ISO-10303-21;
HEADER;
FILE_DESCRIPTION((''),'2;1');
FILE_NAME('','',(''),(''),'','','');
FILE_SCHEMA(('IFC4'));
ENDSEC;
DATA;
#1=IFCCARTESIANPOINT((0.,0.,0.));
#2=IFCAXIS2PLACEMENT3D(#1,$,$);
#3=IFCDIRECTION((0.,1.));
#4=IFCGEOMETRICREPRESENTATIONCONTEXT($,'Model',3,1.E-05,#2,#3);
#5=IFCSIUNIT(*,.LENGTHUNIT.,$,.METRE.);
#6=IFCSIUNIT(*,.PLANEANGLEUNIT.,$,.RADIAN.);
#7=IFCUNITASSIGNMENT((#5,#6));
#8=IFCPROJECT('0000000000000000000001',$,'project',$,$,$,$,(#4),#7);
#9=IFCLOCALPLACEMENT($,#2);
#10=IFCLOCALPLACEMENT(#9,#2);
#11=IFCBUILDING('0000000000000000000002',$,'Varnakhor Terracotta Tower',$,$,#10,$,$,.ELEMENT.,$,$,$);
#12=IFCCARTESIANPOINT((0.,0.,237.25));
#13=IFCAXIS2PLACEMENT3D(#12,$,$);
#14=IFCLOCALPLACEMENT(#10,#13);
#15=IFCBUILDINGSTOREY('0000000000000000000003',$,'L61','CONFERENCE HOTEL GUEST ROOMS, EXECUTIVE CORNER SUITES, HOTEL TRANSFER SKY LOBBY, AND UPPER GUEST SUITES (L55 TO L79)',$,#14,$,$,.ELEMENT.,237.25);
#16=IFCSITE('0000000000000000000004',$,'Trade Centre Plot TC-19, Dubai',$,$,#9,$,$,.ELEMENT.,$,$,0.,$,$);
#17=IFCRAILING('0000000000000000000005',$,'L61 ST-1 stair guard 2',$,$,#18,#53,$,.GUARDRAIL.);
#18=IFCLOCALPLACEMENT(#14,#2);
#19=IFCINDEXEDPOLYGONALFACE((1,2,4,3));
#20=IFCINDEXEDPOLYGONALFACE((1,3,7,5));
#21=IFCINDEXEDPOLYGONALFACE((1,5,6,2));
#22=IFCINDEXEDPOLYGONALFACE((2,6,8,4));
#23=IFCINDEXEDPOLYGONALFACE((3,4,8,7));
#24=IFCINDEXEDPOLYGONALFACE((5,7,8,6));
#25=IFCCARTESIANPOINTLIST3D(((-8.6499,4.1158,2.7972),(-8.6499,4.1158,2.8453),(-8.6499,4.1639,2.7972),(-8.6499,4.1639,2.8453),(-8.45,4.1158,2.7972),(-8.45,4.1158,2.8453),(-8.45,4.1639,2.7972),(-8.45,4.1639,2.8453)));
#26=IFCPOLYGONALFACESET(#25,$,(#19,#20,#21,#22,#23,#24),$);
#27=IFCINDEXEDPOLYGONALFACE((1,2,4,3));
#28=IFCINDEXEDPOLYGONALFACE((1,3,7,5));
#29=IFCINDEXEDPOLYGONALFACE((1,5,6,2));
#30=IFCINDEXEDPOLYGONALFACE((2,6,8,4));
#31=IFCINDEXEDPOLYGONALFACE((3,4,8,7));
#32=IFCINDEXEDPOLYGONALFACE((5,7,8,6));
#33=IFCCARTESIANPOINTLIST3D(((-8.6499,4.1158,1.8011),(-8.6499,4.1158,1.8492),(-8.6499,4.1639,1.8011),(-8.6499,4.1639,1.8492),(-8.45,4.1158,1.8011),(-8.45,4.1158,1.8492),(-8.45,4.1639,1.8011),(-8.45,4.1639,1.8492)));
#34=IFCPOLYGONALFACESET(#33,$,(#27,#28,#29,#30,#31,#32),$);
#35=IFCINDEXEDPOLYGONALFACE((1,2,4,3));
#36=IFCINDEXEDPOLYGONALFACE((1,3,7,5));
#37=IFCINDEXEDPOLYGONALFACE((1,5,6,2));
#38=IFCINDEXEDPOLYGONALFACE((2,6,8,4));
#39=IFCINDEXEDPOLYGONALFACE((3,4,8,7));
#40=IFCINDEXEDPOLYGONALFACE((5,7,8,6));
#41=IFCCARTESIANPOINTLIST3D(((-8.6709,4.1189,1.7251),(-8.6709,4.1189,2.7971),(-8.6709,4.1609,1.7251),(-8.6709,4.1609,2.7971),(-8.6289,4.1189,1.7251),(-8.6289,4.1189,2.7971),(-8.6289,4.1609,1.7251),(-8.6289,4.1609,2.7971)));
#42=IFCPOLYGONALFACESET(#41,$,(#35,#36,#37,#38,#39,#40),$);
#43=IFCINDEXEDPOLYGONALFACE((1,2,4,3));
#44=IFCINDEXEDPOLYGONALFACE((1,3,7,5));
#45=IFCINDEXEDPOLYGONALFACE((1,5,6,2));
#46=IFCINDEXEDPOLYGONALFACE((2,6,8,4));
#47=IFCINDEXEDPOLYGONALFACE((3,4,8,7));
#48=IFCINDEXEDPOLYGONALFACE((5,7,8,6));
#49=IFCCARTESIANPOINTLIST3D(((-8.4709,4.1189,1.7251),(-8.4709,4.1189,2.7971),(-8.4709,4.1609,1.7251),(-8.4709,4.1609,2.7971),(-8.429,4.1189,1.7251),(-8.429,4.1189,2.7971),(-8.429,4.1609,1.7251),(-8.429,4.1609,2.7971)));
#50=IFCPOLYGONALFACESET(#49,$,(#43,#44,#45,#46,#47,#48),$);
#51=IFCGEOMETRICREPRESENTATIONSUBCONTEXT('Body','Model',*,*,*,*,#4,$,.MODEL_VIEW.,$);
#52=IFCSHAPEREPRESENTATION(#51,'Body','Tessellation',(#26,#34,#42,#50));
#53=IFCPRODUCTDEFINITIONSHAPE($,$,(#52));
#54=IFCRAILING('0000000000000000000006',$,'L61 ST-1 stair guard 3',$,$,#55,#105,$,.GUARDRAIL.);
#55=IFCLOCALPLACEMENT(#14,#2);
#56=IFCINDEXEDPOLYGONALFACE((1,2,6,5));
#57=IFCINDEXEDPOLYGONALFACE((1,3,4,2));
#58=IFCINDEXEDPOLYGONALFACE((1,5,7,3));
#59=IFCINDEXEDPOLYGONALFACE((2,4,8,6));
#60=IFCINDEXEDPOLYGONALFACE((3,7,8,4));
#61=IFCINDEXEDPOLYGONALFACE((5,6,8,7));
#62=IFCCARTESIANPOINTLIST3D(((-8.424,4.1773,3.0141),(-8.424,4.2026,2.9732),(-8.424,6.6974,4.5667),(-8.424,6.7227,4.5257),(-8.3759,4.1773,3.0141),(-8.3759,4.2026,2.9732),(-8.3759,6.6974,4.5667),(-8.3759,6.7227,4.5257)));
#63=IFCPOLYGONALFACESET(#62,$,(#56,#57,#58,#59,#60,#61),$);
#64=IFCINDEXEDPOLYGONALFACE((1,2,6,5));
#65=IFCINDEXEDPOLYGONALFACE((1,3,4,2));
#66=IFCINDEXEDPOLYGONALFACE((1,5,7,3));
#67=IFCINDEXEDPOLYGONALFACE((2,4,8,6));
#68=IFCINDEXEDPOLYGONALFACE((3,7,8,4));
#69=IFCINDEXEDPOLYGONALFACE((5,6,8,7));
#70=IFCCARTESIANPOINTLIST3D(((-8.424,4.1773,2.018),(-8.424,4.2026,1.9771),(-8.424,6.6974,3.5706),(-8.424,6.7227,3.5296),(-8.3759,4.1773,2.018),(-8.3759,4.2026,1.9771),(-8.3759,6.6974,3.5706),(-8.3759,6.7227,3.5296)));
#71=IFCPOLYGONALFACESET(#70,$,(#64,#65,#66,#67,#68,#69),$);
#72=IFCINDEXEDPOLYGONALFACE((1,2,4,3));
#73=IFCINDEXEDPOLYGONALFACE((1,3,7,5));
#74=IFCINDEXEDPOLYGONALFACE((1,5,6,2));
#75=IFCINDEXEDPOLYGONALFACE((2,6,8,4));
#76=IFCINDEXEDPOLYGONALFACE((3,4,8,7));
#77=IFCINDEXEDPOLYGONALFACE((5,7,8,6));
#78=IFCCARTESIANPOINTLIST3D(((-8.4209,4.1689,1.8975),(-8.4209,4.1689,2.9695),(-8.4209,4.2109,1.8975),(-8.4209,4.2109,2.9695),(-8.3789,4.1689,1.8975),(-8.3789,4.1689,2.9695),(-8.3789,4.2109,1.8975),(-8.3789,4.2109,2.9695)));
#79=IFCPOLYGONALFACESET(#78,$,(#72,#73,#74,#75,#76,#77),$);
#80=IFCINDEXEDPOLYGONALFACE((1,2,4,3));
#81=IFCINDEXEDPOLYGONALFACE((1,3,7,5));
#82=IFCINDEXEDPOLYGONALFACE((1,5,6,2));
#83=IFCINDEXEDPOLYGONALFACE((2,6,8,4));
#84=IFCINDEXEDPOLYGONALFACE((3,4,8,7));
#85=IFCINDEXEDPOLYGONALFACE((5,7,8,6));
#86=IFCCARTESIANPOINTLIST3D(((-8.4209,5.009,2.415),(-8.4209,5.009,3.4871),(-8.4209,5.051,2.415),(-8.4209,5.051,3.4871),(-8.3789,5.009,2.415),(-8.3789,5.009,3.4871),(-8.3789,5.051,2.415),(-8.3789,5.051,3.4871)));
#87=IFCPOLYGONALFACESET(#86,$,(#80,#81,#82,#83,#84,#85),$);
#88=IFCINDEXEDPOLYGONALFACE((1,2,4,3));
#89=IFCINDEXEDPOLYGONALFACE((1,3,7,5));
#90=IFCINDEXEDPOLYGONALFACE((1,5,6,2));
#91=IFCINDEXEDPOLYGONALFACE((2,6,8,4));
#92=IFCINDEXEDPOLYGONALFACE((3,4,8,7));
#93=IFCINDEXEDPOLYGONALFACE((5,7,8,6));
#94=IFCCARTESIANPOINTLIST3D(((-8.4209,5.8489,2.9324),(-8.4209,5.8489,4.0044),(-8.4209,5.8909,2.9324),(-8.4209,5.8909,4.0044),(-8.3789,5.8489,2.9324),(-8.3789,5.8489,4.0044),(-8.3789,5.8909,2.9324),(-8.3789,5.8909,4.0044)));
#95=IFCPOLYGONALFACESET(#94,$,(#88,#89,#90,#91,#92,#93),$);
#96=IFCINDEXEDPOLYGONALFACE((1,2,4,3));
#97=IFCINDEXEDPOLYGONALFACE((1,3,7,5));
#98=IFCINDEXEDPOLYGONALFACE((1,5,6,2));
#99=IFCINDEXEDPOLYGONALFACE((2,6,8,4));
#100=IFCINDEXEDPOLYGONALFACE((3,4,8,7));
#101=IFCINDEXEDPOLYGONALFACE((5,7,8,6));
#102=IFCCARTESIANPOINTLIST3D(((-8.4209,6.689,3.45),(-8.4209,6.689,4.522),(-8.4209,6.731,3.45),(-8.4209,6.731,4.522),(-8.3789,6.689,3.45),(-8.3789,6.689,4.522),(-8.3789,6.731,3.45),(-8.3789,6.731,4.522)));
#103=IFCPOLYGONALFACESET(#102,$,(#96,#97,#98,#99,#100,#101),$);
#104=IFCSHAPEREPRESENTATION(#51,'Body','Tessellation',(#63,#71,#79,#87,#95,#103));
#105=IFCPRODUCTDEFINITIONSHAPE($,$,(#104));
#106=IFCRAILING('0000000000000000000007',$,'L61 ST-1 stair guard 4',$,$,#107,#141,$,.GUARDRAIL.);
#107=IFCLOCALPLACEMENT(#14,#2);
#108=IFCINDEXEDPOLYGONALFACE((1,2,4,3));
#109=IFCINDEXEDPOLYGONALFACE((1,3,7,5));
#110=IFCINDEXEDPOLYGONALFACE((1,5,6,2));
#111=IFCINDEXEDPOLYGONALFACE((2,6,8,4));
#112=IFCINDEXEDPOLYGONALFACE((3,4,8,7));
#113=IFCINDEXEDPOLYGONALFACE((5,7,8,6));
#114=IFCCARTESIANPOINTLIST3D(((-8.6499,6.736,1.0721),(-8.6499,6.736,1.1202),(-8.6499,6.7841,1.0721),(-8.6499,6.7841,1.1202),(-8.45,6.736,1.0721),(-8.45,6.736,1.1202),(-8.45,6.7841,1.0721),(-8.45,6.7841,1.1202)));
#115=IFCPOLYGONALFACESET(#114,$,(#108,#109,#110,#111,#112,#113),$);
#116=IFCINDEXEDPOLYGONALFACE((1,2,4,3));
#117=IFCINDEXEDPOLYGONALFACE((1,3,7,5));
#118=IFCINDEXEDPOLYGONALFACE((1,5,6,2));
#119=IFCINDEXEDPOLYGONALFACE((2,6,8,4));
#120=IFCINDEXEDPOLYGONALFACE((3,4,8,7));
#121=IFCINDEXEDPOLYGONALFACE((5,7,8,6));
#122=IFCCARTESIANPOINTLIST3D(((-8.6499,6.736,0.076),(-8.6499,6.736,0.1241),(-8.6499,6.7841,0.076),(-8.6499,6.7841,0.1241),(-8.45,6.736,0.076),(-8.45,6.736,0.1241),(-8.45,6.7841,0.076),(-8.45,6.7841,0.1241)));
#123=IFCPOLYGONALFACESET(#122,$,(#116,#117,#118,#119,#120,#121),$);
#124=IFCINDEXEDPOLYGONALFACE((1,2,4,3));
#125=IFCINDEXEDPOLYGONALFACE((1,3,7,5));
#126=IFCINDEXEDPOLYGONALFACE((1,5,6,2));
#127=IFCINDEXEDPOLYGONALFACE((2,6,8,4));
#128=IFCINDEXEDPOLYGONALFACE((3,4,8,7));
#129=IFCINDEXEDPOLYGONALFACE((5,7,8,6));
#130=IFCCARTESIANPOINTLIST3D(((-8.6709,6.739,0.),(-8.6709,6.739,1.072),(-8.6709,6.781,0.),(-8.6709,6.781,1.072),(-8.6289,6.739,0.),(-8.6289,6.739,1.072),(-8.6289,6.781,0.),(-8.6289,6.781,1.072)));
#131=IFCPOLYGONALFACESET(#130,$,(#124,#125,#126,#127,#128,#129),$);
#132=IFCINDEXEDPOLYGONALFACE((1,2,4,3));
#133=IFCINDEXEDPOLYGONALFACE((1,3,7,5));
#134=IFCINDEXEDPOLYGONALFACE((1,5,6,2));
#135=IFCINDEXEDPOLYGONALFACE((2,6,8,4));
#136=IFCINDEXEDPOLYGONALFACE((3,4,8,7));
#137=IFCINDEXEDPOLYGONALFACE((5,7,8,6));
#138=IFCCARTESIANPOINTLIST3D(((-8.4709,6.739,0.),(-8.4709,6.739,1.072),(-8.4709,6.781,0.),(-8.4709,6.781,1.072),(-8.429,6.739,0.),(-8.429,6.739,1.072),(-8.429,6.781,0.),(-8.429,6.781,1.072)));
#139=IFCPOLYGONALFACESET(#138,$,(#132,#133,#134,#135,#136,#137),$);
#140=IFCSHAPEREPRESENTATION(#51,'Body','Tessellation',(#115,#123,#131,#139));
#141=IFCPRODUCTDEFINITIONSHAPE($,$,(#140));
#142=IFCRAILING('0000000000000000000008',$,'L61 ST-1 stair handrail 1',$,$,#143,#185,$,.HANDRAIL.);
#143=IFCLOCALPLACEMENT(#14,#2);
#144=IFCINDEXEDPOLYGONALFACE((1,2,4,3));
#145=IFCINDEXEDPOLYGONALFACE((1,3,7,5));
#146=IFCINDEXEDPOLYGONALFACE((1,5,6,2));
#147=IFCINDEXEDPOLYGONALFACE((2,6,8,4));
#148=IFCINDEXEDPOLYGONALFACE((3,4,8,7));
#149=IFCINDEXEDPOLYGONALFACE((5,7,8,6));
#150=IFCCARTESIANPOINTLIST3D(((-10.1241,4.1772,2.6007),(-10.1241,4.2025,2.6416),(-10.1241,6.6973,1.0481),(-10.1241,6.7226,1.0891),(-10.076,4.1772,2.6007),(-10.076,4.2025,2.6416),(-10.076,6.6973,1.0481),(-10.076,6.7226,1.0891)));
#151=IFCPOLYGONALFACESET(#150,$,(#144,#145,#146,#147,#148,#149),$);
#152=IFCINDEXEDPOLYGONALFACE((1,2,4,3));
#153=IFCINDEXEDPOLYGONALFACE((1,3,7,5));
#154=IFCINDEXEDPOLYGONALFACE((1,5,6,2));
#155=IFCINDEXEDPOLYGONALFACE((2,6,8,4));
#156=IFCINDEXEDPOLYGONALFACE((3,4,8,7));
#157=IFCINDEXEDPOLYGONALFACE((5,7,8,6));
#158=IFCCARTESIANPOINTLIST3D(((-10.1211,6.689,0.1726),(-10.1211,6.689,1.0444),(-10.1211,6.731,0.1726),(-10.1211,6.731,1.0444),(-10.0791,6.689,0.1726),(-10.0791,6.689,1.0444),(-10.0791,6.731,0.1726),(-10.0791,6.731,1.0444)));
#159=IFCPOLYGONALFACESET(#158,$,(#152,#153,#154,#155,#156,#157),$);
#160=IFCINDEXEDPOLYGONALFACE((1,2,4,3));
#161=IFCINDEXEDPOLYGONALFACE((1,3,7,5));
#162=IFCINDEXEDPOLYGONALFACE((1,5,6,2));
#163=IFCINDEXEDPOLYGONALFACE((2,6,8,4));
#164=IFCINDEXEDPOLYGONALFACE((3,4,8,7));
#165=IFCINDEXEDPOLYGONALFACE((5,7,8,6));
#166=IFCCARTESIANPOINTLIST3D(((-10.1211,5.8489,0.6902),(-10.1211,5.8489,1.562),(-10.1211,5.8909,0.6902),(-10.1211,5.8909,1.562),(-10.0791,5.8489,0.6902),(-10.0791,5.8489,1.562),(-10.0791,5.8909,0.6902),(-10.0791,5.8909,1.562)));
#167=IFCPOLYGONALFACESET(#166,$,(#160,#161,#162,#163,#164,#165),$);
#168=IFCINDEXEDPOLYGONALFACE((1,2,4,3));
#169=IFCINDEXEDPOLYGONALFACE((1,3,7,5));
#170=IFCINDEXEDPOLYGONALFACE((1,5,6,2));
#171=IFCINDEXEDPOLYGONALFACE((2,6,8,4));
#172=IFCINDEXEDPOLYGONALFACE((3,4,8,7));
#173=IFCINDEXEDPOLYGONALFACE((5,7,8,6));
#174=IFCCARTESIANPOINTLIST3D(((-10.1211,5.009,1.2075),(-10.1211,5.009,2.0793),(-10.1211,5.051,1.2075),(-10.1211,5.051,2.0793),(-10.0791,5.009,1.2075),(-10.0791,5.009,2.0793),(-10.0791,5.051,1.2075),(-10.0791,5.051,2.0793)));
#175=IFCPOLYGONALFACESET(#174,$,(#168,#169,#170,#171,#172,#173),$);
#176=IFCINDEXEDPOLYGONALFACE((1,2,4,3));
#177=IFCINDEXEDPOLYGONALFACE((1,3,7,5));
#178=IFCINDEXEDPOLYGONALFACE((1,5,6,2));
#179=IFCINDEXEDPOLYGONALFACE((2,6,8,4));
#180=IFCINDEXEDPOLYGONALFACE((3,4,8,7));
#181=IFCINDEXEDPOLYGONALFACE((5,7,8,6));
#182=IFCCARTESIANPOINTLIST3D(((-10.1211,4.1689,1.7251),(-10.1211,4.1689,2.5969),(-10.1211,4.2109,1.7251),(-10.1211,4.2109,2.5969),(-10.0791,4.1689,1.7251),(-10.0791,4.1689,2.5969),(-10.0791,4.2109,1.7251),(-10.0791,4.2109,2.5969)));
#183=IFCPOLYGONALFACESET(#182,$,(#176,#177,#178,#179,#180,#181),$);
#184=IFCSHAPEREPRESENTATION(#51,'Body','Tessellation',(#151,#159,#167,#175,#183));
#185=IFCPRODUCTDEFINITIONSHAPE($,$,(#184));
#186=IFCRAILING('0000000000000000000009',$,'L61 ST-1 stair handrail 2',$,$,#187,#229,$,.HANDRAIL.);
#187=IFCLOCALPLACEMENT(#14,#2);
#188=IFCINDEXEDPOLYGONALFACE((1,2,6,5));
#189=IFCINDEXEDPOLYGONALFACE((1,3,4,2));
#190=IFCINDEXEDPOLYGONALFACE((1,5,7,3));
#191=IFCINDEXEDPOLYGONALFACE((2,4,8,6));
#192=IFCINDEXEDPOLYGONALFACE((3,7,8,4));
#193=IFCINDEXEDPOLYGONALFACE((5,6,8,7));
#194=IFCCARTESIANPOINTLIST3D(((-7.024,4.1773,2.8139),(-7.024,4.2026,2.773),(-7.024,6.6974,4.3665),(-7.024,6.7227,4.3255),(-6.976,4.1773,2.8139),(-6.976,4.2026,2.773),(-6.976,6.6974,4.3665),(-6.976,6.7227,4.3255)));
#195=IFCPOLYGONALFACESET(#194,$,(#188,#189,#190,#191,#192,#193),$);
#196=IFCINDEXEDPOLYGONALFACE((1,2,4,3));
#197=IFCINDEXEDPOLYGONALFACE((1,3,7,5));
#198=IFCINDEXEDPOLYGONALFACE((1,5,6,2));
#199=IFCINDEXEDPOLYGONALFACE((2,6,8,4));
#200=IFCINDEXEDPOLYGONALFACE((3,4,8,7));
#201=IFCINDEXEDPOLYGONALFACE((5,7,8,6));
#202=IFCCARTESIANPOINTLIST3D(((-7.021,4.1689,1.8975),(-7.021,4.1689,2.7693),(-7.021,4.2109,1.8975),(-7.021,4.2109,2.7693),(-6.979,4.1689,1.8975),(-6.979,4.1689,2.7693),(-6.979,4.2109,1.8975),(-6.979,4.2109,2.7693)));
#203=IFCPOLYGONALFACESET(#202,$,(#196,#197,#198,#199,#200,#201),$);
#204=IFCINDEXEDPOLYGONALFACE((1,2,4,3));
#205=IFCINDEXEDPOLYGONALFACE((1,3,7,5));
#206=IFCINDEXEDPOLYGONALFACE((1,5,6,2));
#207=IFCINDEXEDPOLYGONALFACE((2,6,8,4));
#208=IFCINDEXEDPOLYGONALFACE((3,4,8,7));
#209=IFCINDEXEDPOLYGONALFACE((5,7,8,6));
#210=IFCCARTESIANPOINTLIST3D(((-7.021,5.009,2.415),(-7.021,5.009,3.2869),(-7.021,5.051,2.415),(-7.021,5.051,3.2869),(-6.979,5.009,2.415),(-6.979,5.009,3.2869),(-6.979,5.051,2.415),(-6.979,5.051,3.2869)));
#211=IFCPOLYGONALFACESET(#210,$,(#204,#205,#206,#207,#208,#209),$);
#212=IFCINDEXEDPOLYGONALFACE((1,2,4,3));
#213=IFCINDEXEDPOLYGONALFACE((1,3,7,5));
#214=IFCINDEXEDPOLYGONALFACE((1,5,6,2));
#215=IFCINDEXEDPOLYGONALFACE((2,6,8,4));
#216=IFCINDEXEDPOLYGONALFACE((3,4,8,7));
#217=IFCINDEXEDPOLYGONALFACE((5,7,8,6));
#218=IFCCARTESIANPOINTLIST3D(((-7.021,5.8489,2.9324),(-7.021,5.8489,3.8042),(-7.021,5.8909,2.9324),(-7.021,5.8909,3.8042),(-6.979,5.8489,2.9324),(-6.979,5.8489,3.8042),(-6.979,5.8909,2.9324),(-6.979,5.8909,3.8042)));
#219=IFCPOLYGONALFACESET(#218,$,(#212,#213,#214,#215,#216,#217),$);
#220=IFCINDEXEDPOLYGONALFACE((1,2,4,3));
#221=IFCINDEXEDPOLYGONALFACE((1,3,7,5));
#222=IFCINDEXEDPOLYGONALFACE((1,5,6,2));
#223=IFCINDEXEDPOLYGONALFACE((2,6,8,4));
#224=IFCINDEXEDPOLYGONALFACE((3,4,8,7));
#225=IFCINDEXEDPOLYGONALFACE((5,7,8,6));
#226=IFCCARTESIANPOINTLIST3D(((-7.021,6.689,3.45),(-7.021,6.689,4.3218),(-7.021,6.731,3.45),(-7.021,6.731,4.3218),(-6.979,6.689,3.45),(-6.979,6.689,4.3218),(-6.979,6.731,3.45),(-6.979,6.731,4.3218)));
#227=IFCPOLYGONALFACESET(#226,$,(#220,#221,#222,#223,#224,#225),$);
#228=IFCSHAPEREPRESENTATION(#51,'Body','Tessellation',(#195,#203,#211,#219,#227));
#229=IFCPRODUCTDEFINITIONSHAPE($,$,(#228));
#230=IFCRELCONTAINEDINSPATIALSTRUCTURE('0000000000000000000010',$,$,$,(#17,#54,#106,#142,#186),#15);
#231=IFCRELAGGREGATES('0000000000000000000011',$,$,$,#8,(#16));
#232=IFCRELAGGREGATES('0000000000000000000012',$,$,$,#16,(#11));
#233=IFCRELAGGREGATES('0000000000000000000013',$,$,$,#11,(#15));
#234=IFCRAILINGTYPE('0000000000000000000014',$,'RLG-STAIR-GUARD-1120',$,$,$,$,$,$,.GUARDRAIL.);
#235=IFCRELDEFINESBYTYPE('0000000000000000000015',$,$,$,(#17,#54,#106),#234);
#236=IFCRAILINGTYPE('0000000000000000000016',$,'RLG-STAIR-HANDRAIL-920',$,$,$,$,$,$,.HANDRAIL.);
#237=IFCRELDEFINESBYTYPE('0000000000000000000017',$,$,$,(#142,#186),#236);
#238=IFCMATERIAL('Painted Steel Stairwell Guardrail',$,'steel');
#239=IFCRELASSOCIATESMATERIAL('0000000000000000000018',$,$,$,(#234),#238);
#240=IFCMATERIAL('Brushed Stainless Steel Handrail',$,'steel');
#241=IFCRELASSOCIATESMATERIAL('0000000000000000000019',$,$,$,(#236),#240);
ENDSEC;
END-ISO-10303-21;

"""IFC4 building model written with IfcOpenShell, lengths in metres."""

from ifc_helpers import new_model, si_unit, direction, frame, origin, origin_2d, place, context, subcontext, project, spatial, rectangle, extrude, material, type_object, element, save


model = new_model("IFC4")

# Units and contexts
model_context = context("Model", 3, precision=1e-05, world=origin(), true_north=direction((0.0, 1.0)))
body_context = subcontext(model_context, "Body", "Model", "MODEL_VIEW")
ifc_project = project(units=[si_unit("LENGTHUNIT", "METRE"), si_unit("PLANEANGLEUNIT", "RADIAN")], contexts=[model_context])

# Site, building, storey
site_placement = place(None, origin())
site = spatial("IfcSite", under=ifc_project, at=site_placement, Name="Trade Centre Plot TC-19, Dubai", CompositionType="ELEMENT", RefElevation=0.0)
building_placement = place(site_placement, origin())
building = spatial("IfcBuilding", under=site, at=building_placement, Name="Varnakhor Terracotta Tower", CompositionType="ELEMENT")
storey_placement = place(building_placement, frame((0.0, 0.0, 237.25)))
storey = spatial("IfcBuildingStorey", under=building, at=storey_placement, Name="L61", Description="CONFERENCE HOTEL GUEST ROOMS, EXECUTIVE CORNER SUITES, HOTEL TRANSFER SKY LOBBY, AND UPPER GUEST SUITES (L55 TO L79)", CompositionType="ELEMENT", Elevation=237.25)

# Railings
ifc_material_1 = material(Name="Painted Steel Stairwell Guardrail", Category="steel")
railing_type_1 = type_object("IfcRailingType", Name="RLG-STAIR-GUARD-1120", PredefinedType="GUARDRAIL", material=ifc_material_1)
railing_1_placement = place(storey_placement, frame((-8.6499, 4.1399, 1.7251)))
element("IfcRailing", 1, at=railing_1_placement, inside=storey, type_object=railing_type_1, Name="L61 ST-1 stair guard 2", PredefinedType="GUARDRAIL", context=body_context, shape_type="SweptSolid", body=[
    extrude(rectangle(XDim=0.0481, YDim=0.0481, at=origin_2d()), frame((0.0, 0.0, 1.0962), z_axis=(1.0, 0.0, 0.0), x_axis=(0.0, 1.0, 0.0)), (0.0, 0.0, 1.0), 0.2),
    extrude(rectangle(XDim=0.0481, YDim=0.0481, at=origin_2d()), frame((0.0, 0.0, 0.1001), z_axis=(1.0, 0.0, 0.0), x_axis=(0.0, 1.0, 0.0)), (0.0, 0.0, 1.0), 0.2),
    extrude(rectangle(XDim=0.042, YDim=0.042, at=origin_2d()), origin(), (0.0, 0.0, 1.0), 1.072),
    extrude(rectangle(XDim=0.042, YDim=0.042, at=origin_2d()), frame((0.2, 0.0, 0.0)), (0.0, 0.0, 1.0), 1.072),
])
railing_2_placement = place(storey_placement, frame((-8.3999, 4.1899, 1.8975)))
element("IfcRailing", 2, at=railing_2_placement, inside=storey, type_object=railing_type_1, Name="L61 ST-1 stair guard 3", PredefinedType="GUARDRAIL", context=body_context, shape_type="SweptSolid", body=[
    extrude(rectangle(XDim=0.0481, YDim=0.0481, at=origin_2d()), frame((0.0, 0.0, 1.0962), z_axis=(0.0, 0.8514, 0.524516), x_axis=(-1.0, 0.0, 0.0)), (0.0, 0.0, 1.0), 2.96),
    extrude(rectangle(XDim=0.0481, YDim=0.0481, at=origin_2d()), frame((0.0, 0.0, 0.1001), z_axis=(0.0, 0.8514, 0.524516), x_axis=(-1.0, 0.0, 0.0)), (0.0, 0.0, 1.0), 2.96),
    extrude(rectangle(XDim=0.042, YDim=0.042, at=origin_2d()), origin(), (0.0, 0.0, 1.0), 1.072),
    extrude(rectangle(XDim=0.042, YDim=0.042, at=origin_2d()), frame((0.0, 0.8401, 0.5176)), (0.0, 0.0, 1.0), 1.072),
    extrude(rectangle(XDim=0.042, YDim=0.042, at=origin_2d()), frame((0.0, 1.6799, 1.0349)), (0.0, 0.0, 1.0), 1.072),
    extrude(rectangle(XDim=0.042, YDim=0.042, at=origin_2d()), frame((0.0, 2.52, 1.5525)), (0.0, 0.0, 1.0), 1.072),
])
railing_3_placement = place(storey_placement, frame((-8.6499, 6.76, 0.0)))
element("IfcRailing", 3, at=railing_3_placement, inside=storey, type_object=railing_type_1, Name="L61 ST-1 stair guard 4", PredefinedType="GUARDRAIL", context=body_context, shape_type="SweptSolid", body=[
    extrude(rectangle(XDim=0.0481, YDim=0.0481, at=origin_2d()), frame((0.0, 0.0, 1.0962), z_axis=(1.0, 0.0, 0.0), x_axis=(0.0, 1.0, 0.0)), (0.0, 0.0, 1.0), 0.2),
    extrude(rectangle(XDim=0.0481, YDim=0.0481, at=origin_2d()), frame((0.0, 0.0, 0.1001), z_axis=(1.0, 0.0, 0.0), x_axis=(0.0, 1.0, 0.0)), (0.0, 0.0, 1.0), 0.2),
    extrude(rectangle(XDim=0.042, YDim=0.042, at=origin_2d()), origin(), (0.0, 0.0, 1.0), 1.072),
    extrude(rectangle(XDim=0.042, YDim=0.042, at=origin_2d()), frame((0.2, 0.0, 0.0)), (0.0, 0.0, 1.0), 1.072),
])
ifc_material_2 = material(Name="Brushed Stainless Steel Handrail", Category="steel")
railing_type_2 = type_object("IfcRailingType", Name="RLG-STAIR-HANDRAIL-920", PredefinedType="HANDRAIL", material=ifc_material_2)
railing_4_placement = place(storey_placement, frame((-10.1001, 6.71, 0.1726)))
element("IfcRailing", 4, at=railing_4_placement, inside=storey, type_object=railing_type_2, Name="L61 ST-1 stair handrail 1", PredefinedType="HANDRAIL", context=body_context, shape_type="SweptSolid", body=[
    extrude(rectangle(XDim=0.0481, YDim=0.0481, at=origin_2d()), frame((0.0, 0.0, 0.896), z_axis=(0.0, -0.8514, 0.524516), x_axis=(1.0, 0.0, 0.0)), (0.0, 0.0, 1.0), 2.96),
    extrude(rectangle(XDim=0.042, YDim=0.042, at=origin_2d()), origin(), (0.0, 0.0, 1.0), 0.8718),
    extrude(rectangle(XDim=0.042, YDim=0.042, at=origin_2d()), frame((0.0, -0.8401, 0.5176)), (0.0, 0.0, 1.0), 0.8718),
    extrude(rectangle(XDim=0.042, YDim=0.042, at=origin_2d()), frame((0.0, -1.6799, 1.0349)), (0.0, 0.0, 1.0), 0.8718),
    extrude(rectangle(XDim=0.042, YDim=0.042, at=origin_2d()), frame((0.0, -2.52, 1.5525)), (0.0, 0.0, 1.0), 0.8718),
])
railing_5_placement = place(storey_placement, frame((-7.0, 4.1899, 1.8975)))
element("IfcRailing", 5, at=railing_5_placement, inside=storey, type_object=railing_type_2, Name="L61 ST-1 stair handrail 2", PredefinedType="HANDRAIL", context=body_context, shape_type="SweptSolid", body=[
    extrude(rectangle(XDim=0.0481, YDim=0.0481, at=origin_2d()), frame((0.0, 0.0, 0.896), z_axis=(0.0, 0.8514, 0.524516), x_axis=(-1.0, 0.0, 0.0)), (0.0, 0.0, 1.0), 2.96),
    extrude(rectangle(XDim=0.042, YDim=0.042, at=origin_2d()), origin(), (0.0, 0.0, 1.0), 0.8718),
    extrude(rectangle(XDim=0.042, YDim=0.042, at=origin_2d()), frame((0.0, 0.8401, 0.5176)), (0.0, 0.0, 1.0), 0.8718),
    extrude(rectangle(XDim=0.042, YDim=0.042, at=origin_2d()), frame((0.0, 1.6799, 1.0349)), (0.0, 0.0, 1.0), 0.8718),
    extrude(rectangle(XDim=0.042, YDim=0.042, at=origin_2d()), frame((0.0, 2.52, 1.5525)), (0.0, 0.0, 1.0), 0.8718),
])

save(model, "model.ifc")
